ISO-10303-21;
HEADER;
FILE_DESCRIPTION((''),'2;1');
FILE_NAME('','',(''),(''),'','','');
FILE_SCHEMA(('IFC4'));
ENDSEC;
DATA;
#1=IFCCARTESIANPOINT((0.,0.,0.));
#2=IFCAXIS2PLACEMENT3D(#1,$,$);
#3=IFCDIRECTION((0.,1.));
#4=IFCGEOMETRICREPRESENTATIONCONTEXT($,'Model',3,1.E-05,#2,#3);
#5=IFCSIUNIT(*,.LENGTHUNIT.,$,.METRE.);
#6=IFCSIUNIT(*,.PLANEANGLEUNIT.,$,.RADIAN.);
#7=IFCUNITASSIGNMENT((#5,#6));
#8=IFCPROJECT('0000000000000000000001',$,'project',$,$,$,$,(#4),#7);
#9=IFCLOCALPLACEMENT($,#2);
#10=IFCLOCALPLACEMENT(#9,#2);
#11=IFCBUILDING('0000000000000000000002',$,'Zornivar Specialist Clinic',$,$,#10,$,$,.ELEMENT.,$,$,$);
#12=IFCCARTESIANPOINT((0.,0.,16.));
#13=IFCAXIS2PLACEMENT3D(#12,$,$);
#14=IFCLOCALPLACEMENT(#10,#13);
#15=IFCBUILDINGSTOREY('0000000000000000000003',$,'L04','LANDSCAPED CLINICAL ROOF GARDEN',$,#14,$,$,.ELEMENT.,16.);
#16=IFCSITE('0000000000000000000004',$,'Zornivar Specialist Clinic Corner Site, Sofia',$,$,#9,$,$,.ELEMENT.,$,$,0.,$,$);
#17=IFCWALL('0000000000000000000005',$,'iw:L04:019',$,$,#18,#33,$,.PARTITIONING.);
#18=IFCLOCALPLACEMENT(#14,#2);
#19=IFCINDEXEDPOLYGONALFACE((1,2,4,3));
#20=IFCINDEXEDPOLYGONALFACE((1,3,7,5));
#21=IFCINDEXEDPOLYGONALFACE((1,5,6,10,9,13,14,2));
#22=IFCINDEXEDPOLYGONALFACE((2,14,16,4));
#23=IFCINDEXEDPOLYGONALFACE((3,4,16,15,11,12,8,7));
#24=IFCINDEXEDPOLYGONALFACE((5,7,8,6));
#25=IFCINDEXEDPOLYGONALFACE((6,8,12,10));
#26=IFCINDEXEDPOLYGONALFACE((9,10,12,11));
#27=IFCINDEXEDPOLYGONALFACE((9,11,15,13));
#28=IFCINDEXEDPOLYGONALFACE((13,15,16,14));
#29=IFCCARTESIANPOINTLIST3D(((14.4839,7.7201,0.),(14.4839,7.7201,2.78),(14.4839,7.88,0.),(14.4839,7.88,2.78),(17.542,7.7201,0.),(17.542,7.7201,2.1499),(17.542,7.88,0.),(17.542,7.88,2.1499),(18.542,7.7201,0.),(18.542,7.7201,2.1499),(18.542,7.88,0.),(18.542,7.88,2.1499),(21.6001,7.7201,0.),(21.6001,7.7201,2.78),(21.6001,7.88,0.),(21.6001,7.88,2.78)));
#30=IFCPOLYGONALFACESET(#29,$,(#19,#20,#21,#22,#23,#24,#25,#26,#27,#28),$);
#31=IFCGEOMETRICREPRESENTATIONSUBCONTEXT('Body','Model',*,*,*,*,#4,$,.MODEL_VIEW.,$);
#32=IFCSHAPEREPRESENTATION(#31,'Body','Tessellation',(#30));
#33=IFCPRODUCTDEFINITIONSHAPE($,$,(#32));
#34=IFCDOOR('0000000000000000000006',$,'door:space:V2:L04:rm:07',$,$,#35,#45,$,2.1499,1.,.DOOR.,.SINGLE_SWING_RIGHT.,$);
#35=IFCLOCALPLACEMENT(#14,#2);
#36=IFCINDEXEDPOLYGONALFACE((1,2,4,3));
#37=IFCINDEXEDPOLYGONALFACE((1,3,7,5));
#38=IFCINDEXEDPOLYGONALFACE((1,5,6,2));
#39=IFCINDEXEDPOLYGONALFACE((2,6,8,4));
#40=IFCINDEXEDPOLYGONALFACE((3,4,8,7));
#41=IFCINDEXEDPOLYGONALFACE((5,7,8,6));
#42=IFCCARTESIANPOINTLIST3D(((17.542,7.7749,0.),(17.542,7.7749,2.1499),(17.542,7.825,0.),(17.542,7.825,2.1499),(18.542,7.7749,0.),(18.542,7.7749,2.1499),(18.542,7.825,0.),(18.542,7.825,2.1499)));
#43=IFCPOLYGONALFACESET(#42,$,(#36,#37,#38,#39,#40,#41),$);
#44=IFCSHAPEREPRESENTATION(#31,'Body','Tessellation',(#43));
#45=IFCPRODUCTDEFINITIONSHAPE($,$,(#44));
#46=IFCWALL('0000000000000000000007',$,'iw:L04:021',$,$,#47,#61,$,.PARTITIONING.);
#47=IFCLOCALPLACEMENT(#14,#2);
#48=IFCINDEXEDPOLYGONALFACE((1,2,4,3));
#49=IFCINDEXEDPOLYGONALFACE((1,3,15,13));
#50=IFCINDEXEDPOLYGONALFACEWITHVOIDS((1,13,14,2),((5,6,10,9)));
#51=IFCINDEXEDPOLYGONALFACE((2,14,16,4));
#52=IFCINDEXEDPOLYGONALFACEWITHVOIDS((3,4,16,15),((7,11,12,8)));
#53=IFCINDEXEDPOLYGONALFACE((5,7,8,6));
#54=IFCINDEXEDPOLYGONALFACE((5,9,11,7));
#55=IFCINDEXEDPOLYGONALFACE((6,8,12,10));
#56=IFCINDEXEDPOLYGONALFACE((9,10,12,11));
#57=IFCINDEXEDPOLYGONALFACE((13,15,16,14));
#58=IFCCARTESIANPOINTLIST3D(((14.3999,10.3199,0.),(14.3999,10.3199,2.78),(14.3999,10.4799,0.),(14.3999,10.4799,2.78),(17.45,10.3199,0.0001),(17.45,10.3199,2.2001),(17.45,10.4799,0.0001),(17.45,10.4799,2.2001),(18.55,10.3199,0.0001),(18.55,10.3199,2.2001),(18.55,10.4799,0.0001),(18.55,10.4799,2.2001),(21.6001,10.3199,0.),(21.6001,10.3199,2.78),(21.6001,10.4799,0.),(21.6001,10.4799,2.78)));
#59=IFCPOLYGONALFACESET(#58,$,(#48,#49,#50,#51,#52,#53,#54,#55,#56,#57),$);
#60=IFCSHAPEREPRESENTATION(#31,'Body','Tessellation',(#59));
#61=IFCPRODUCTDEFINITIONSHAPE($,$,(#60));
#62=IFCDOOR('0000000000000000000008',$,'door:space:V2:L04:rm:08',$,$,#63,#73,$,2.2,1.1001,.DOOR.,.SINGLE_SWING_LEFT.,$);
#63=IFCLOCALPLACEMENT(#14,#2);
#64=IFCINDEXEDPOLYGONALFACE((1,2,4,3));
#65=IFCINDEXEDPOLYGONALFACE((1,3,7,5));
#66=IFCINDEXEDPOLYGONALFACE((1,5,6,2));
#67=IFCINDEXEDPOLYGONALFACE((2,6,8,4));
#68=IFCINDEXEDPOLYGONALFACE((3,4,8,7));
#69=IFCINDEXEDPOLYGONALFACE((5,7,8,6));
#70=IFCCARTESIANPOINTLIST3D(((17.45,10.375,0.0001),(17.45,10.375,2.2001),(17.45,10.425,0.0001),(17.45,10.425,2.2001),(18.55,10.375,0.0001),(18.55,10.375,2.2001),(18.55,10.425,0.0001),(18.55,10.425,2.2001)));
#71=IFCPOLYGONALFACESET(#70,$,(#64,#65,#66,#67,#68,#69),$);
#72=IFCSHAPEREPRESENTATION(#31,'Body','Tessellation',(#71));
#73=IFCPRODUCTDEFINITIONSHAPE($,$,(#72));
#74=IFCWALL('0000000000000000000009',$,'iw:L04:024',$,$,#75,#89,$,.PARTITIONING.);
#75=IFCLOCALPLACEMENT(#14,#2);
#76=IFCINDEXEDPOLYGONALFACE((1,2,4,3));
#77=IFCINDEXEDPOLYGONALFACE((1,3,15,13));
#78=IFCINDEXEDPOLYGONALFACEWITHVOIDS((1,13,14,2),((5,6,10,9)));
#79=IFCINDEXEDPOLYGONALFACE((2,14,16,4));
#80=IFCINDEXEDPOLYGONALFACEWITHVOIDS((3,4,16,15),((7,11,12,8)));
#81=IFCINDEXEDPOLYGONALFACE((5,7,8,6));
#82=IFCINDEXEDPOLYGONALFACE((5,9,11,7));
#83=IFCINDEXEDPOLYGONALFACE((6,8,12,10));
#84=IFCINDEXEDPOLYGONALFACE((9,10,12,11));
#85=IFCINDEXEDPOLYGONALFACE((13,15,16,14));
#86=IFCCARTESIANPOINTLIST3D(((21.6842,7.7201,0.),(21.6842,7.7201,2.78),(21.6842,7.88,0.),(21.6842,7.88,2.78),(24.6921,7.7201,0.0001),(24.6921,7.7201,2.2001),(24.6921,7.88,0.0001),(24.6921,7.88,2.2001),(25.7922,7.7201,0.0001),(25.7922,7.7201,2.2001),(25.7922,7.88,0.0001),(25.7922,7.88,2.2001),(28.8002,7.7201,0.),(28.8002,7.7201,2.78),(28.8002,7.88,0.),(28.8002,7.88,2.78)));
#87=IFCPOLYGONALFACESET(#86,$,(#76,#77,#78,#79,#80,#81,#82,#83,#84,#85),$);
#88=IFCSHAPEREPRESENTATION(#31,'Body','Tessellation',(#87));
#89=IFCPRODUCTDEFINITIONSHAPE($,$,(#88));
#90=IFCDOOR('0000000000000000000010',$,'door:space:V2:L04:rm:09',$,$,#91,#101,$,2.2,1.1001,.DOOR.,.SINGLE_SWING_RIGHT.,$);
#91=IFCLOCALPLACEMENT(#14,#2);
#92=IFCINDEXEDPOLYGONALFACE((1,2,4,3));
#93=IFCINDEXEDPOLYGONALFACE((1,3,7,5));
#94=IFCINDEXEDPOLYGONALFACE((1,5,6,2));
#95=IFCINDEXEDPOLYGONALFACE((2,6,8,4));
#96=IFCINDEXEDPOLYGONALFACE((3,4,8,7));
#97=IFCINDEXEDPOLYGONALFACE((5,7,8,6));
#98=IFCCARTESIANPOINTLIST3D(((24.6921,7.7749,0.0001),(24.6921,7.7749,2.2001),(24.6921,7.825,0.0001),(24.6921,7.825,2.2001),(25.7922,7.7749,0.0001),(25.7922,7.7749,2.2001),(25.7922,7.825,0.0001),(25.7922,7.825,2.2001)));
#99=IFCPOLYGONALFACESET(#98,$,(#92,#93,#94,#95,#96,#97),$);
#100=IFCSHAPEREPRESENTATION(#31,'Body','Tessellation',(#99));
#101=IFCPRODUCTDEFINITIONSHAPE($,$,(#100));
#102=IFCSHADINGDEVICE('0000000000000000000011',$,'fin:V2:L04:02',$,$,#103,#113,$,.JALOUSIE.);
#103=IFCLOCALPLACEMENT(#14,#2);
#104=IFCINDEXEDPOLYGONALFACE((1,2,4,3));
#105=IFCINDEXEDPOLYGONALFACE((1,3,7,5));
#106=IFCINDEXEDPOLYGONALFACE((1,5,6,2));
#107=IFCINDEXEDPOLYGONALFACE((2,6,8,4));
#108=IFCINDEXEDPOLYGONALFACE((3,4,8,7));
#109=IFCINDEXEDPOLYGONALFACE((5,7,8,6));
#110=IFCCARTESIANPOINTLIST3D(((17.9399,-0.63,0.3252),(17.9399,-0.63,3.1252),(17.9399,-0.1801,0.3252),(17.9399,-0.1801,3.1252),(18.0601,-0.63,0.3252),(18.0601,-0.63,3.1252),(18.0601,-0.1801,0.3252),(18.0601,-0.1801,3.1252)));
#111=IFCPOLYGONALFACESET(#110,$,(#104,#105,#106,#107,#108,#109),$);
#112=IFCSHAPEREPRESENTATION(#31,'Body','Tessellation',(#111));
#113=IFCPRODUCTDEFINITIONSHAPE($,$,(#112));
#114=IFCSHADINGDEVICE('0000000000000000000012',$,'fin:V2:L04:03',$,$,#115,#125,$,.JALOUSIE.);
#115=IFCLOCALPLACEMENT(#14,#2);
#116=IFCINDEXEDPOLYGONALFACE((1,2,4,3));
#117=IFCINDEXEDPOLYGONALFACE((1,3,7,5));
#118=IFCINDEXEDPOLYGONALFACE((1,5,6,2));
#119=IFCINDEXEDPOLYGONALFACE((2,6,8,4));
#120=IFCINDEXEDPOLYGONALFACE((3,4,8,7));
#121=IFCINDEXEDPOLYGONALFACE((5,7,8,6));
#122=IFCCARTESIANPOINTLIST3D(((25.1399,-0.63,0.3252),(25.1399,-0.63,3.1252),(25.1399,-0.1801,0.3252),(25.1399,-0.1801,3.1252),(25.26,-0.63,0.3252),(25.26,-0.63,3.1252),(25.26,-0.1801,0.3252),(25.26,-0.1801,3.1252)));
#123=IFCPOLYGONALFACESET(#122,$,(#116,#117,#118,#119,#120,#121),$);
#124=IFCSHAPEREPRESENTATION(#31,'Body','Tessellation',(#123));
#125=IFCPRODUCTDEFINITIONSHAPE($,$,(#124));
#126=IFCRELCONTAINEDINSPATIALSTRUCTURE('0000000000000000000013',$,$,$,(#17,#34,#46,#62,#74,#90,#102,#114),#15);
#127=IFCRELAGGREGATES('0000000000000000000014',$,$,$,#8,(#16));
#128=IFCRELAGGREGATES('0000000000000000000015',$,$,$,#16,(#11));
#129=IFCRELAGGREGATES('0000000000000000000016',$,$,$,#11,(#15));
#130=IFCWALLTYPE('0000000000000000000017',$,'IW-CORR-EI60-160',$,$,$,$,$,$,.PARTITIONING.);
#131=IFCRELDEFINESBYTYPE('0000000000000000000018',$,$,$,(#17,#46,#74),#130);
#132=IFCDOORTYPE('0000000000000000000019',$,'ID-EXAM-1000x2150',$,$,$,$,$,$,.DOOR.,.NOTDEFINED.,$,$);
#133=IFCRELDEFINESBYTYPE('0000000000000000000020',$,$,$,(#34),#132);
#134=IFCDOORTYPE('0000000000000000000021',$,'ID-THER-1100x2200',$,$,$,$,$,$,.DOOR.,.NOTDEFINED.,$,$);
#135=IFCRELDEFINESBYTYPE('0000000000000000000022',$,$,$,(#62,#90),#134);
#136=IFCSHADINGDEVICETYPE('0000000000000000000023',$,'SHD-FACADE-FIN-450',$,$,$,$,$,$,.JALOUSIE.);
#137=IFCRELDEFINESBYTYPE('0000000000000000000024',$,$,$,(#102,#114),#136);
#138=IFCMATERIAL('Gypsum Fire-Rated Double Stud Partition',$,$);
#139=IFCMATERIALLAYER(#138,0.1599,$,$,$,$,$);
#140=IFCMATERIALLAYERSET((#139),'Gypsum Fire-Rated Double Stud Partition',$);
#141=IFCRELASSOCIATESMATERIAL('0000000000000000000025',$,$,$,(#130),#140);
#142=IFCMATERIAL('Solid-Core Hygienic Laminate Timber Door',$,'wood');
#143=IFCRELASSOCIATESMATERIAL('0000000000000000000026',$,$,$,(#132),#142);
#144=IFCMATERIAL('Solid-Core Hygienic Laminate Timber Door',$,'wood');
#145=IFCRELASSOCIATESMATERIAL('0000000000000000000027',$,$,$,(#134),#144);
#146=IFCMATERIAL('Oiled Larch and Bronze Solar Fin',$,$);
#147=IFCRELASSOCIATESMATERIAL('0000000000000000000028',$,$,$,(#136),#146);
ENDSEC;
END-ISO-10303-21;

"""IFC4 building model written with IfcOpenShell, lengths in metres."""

from ifc_helpers import new_model, si_unit, direction, frame, frame_2d, origin, origin_2d, place, context, subcontext, project, spatial, rectangle, extrude, material, layer, layer_set, type_object, element, fill, save


model = new_model("IFC4")

# Units and contexts
model_context = context("Model", 3, precision=1e-05, world=origin(), true_north=direction((0.0, 1.0)))
body_context = subcontext(model_context, "Body", "Model", "MODEL_VIEW")
ifc_project = project(units=[si_unit("LENGTHUNIT", "METRE"), si_unit("PLANEANGLEUNIT", "RADIAN")], contexts=[model_context])

# Site, building, storey
site_placement = place(None, origin())
site = spatial("IfcSite", under=ifc_project, at=site_placement, Name="Zornivar Specialist Clinic Corner Site, Sofia", CompositionType="ELEMENT", RefElevation=0.0)
building_placement = place(site_placement, origin())
building = spatial("IfcBuilding", under=site, at=building_placement, Name="Zornivar Specialist Clinic", CompositionType="ELEMENT")
storey_placement = place(building_placement, frame((0.0, 0.0, 16.0)))
storey = spatial("IfcBuildingStorey", under=building, at=storey_placement, Name="L04", Description="LANDSCAPED CLINICAL ROOF GARDEN", CompositionType="ELEMENT", Elevation=16.0)

# Walls, openings, doors
ifc_material_1 = material(Name="Gypsum Fire-Rated Double Stud Partition")
ifc_layer_1 = layer(ifc_material_1, 0.1599)
ifc_layer_set_1 = layer_set([ifc_layer_1], Name="Gypsum Fire-Rated Double Stud Partition")
wall_type_1 = type_object("IfcWallType", Name="IW-CORR-EI60-160", PredefinedType="PARTITIONING", material=ifc_layer_set_1)
wall_1_placement = place(storey_placement, frame((14.4839, 7.8, 0.0), z_axis=(0.0, 0.0, 1.0), x_axis=(1.0, 0.0, 0.0)))
wall_1 = element("IfcWall", 1, at=wall_1_placement, inside=storey, type_object=wall_type_1, Name="iw:L04:019", PredefinedType="PARTITIONING", context=body_context, shape_type="SweptSolid", body=[
    extrude(rectangle(XDim=7.1162, YDim=0.1599, at=frame_2d((3.5581, 0.0))), origin(), (0.0, 0.0, 1.0), 2.78),
])
opening_1_placement = place(wall_1_placement, frame((3.0581, 0.0, 0.0)))
opening_1 = element("IfcOpeningElement", 2, at=opening_1_placement, cuts=wall_1, PredefinedType="OPENING", context=body_context, shape_type="SweptSolid", body=[
    extrude(rectangle(XDim=1.0, YDim=2.1499, at=frame_2d((0.5, 1.075))), frame((0.0, 0.0898, 0.0), z_axis=(0.0, -1.0, 0.0), x_axis=(1.0, 0.0, 0.0)), (0.0, 0.0, 1.0), 0.1799),
])
ifc_material_2 = material(Name="Solid-Core Hygienic Laminate Timber Door", Category="wood")
door_type_1 = type_object("IfcDoorType", Name="ID-EXAM-1000x2150", OperationType="NOTDEFINED", PredefinedType="DOOR", material=ifc_material_2)
door_1_placement = place(opening_1_placement, origin())
door_1 = element("IfcDoor", 3, at=door_1_placement, inside=storey, type_object=door_type_1, Name="door:space:V2:L04:rm:07", OperationType="SINGLE_SWING_RIGHT", OverallHeight=2.1499, OverallWidth=1.0, PredefinedType="DOOR", context=body_context, shape_type="SweptSolid", body=[
    extrude(rectangle(XDim=1.0, YDim=2.1499, at=frame_2d((0.5, 1.075))), frame((0.0, 0.0249, 0.0), z_axis=(0.0, -1.0, 0.0), x_axis=(1.0, 0.0, 0.0)), (0.0, 0.0, 1.0), 0.05),
])
fill(opening_1, door_1)
wall_2_placement = place(storey_placement, frame((21.6001, 10.3999, 0.0), z_axis=(0.0, 0.0, 1.0), x_axis=(-1.0, 0.0, 0.0)))
wall_2 = element("IfcWall", 4, at=wall_2_placement, inside=storey, type_object=wall_type_1, Name="iw:L04:021", PredefinedType="PARTITIONING", context=body_context, shape_type="SweptSolid", body=[
    extrude(rectangle(XDim=7.2002, YDim=0.1599, at=frame_2d((3.6001, 0.0))), origin(), (0.0, 0.0, 1.0), 2.78),
])
opening_2_placement = place(wall_2_placement, frame((3.05, 0.0, 0.0)))
opening_2 = element("IfcOpeningElement", 5, at=opening_2_placement, cuts=wall_2, PredefinedType="OPENING", context=body_context, shape_type="SweptSolid", body=[
    extrude(rectangle(XDim=1.1001, YDim=2.2, at=frame_2d((0.55, 1.1001))), frame((0.0, 0.0898, 0.0), z_axis=(0.0, -1.0, 0.0), x_axis=(1.0, 0.0, 0.0)), (0.0, 0.0, 1.0), 0.1799),
])
ifc_material_3 = material(Name="Solid-Core Hygienic Laminate Timber Door", Category="wood")
door_type_2 = type_object("IfcDoorType", Name="ID-THER-1100x2200", OperationType="NOTDEFINED", PredefinedType="DOOR", material=ifc_material_3)
door_2_placement = place(opening_2_placement, origin())
door_2 = element("IfcDoor", 6, at=door_2_placement, inside=storey, type_object=door_type_2, Name="door:space:V2:L04:rm:08", OperationType="SINGLE_SWING_LEFT", OverallHeight=2.2, OverallWidth=1.1001, PredefinedType="DOOR", context=body_context, shape_type="SweptSolid", body=[
    extrude(rectangle(XDim=1.1001, YDim=2.2, at=frame_2d((0.55, 1.1001))), frame((0.0, 0.0249, 0.0), z_axis=(0.0, -1.0, 0.0), x_axis=(1.0, 0.0, 0.0)), (0.0, 0.0, 1.0), 0.05),
])
fill(opening_2, door_2)
wall_3_placement = place(storey_placement, frame((21.6841, 7.8, 0.0), z_axis=(0.0, 0.0, 1.0), x_axis=(1.0, 0.0, 0.0)))
wall_3 = element("IfcWall", 7, at=wall_3_placement, inside=storey, type_object=wall_type_1, Name="iw:L04:024", PredefinedType="PARTITIONING", context=body_context, shape_type="SweptSolid", body=[
    extrude(rectangle(XDim=7.116, YDim=0.1599, at=frame_2d((3.5581, 0.0))), origin(), (0.0, 0.0, 1.0), 2.78),
])
opening_3_placement = place(wall_3_placement, frame((3.0081, 0.0, 0.0)))
opening_3 = element("IfcOpeningElement", 8, at=opening_3_placement, cuts=wall_3, PredefinedType="OPENING", context=body_context, shape_type="SweptSolid", body=[
    extrude(rectangle(XDim=1.1001, YDim=2.2, at=frame_2d((0.55, 1.1001))), frame((0.0, 0.0898, 0.0), z_axis=(0.0, -1.0, 0.0), x_axis=(1.0, 0.0, 0.0)), (0.0, 0.0, 1.0), 0.1799),
])
door_3_placement = place(opening_3_placement, origin())
door_3 = element("IfcDoor", 9, at=door_3_placement, inside=storey, type_object=door_type_2, Name="door:space:V2:L04:rm:09", OperationType="SINGLE_SWING_RIGHT", OverallHeight=2.2, OverallWidth=1.1001, PredefinedType="DOOR", context=body_context, shape_type="SweptSolid", body=[
    extrude(rectangle(XDim=1.1001, YDim=2.2, at=frame_2d((0.55, 1.1001))), frame((0.0, 0.0249, 0.0), z_axis=(0.0, -1.0, 0.0), x_axis=(1.0, 0.0, 0.0)), (0.0, 0.0, 1.0), 0.05),
])
fill(opening_3, door_3)

# Shading devices
ifc_material_4 = material(Name="Oiled Larch and Bronze Solar Fin")
shading_device_type = type_object("IfcShadingDeviceType", Name="SHD-FACADE-FIN-450", PredefinedType="JALOUSIE", material=ifc_material_4)
for number, where, z_axis, x_axis, name in (
    (10, (18.0, -0.405, 0.3252), (0.0, 0.0, 1.0), (1.0, 0.0, 0.0), "fin:V2:L04:02"),
    (11, (25.2, -0.405, 0.3252), (0.0, 0.0, 1.0), (1.0, 0.0, 0.0), "fin:V2:L04:03"),
):
    element("IfcShadingDevice", number, at=place(storey_placement, frame(where, z_axis=z_axis, x_axis=x_axis)), inside=storey, type_object=shading_device_type, Name=name, PredefinedType="JALOUSIE", context=body_context, shape_type="SweptSolid", body=[
        extrude(rectangle(XDim=0.1201, YDim=0.45, at=origin_2d()), origin(), (0.0, 0.0, 1.0), 2.8),
    ])

save(model, "model.ifc")
